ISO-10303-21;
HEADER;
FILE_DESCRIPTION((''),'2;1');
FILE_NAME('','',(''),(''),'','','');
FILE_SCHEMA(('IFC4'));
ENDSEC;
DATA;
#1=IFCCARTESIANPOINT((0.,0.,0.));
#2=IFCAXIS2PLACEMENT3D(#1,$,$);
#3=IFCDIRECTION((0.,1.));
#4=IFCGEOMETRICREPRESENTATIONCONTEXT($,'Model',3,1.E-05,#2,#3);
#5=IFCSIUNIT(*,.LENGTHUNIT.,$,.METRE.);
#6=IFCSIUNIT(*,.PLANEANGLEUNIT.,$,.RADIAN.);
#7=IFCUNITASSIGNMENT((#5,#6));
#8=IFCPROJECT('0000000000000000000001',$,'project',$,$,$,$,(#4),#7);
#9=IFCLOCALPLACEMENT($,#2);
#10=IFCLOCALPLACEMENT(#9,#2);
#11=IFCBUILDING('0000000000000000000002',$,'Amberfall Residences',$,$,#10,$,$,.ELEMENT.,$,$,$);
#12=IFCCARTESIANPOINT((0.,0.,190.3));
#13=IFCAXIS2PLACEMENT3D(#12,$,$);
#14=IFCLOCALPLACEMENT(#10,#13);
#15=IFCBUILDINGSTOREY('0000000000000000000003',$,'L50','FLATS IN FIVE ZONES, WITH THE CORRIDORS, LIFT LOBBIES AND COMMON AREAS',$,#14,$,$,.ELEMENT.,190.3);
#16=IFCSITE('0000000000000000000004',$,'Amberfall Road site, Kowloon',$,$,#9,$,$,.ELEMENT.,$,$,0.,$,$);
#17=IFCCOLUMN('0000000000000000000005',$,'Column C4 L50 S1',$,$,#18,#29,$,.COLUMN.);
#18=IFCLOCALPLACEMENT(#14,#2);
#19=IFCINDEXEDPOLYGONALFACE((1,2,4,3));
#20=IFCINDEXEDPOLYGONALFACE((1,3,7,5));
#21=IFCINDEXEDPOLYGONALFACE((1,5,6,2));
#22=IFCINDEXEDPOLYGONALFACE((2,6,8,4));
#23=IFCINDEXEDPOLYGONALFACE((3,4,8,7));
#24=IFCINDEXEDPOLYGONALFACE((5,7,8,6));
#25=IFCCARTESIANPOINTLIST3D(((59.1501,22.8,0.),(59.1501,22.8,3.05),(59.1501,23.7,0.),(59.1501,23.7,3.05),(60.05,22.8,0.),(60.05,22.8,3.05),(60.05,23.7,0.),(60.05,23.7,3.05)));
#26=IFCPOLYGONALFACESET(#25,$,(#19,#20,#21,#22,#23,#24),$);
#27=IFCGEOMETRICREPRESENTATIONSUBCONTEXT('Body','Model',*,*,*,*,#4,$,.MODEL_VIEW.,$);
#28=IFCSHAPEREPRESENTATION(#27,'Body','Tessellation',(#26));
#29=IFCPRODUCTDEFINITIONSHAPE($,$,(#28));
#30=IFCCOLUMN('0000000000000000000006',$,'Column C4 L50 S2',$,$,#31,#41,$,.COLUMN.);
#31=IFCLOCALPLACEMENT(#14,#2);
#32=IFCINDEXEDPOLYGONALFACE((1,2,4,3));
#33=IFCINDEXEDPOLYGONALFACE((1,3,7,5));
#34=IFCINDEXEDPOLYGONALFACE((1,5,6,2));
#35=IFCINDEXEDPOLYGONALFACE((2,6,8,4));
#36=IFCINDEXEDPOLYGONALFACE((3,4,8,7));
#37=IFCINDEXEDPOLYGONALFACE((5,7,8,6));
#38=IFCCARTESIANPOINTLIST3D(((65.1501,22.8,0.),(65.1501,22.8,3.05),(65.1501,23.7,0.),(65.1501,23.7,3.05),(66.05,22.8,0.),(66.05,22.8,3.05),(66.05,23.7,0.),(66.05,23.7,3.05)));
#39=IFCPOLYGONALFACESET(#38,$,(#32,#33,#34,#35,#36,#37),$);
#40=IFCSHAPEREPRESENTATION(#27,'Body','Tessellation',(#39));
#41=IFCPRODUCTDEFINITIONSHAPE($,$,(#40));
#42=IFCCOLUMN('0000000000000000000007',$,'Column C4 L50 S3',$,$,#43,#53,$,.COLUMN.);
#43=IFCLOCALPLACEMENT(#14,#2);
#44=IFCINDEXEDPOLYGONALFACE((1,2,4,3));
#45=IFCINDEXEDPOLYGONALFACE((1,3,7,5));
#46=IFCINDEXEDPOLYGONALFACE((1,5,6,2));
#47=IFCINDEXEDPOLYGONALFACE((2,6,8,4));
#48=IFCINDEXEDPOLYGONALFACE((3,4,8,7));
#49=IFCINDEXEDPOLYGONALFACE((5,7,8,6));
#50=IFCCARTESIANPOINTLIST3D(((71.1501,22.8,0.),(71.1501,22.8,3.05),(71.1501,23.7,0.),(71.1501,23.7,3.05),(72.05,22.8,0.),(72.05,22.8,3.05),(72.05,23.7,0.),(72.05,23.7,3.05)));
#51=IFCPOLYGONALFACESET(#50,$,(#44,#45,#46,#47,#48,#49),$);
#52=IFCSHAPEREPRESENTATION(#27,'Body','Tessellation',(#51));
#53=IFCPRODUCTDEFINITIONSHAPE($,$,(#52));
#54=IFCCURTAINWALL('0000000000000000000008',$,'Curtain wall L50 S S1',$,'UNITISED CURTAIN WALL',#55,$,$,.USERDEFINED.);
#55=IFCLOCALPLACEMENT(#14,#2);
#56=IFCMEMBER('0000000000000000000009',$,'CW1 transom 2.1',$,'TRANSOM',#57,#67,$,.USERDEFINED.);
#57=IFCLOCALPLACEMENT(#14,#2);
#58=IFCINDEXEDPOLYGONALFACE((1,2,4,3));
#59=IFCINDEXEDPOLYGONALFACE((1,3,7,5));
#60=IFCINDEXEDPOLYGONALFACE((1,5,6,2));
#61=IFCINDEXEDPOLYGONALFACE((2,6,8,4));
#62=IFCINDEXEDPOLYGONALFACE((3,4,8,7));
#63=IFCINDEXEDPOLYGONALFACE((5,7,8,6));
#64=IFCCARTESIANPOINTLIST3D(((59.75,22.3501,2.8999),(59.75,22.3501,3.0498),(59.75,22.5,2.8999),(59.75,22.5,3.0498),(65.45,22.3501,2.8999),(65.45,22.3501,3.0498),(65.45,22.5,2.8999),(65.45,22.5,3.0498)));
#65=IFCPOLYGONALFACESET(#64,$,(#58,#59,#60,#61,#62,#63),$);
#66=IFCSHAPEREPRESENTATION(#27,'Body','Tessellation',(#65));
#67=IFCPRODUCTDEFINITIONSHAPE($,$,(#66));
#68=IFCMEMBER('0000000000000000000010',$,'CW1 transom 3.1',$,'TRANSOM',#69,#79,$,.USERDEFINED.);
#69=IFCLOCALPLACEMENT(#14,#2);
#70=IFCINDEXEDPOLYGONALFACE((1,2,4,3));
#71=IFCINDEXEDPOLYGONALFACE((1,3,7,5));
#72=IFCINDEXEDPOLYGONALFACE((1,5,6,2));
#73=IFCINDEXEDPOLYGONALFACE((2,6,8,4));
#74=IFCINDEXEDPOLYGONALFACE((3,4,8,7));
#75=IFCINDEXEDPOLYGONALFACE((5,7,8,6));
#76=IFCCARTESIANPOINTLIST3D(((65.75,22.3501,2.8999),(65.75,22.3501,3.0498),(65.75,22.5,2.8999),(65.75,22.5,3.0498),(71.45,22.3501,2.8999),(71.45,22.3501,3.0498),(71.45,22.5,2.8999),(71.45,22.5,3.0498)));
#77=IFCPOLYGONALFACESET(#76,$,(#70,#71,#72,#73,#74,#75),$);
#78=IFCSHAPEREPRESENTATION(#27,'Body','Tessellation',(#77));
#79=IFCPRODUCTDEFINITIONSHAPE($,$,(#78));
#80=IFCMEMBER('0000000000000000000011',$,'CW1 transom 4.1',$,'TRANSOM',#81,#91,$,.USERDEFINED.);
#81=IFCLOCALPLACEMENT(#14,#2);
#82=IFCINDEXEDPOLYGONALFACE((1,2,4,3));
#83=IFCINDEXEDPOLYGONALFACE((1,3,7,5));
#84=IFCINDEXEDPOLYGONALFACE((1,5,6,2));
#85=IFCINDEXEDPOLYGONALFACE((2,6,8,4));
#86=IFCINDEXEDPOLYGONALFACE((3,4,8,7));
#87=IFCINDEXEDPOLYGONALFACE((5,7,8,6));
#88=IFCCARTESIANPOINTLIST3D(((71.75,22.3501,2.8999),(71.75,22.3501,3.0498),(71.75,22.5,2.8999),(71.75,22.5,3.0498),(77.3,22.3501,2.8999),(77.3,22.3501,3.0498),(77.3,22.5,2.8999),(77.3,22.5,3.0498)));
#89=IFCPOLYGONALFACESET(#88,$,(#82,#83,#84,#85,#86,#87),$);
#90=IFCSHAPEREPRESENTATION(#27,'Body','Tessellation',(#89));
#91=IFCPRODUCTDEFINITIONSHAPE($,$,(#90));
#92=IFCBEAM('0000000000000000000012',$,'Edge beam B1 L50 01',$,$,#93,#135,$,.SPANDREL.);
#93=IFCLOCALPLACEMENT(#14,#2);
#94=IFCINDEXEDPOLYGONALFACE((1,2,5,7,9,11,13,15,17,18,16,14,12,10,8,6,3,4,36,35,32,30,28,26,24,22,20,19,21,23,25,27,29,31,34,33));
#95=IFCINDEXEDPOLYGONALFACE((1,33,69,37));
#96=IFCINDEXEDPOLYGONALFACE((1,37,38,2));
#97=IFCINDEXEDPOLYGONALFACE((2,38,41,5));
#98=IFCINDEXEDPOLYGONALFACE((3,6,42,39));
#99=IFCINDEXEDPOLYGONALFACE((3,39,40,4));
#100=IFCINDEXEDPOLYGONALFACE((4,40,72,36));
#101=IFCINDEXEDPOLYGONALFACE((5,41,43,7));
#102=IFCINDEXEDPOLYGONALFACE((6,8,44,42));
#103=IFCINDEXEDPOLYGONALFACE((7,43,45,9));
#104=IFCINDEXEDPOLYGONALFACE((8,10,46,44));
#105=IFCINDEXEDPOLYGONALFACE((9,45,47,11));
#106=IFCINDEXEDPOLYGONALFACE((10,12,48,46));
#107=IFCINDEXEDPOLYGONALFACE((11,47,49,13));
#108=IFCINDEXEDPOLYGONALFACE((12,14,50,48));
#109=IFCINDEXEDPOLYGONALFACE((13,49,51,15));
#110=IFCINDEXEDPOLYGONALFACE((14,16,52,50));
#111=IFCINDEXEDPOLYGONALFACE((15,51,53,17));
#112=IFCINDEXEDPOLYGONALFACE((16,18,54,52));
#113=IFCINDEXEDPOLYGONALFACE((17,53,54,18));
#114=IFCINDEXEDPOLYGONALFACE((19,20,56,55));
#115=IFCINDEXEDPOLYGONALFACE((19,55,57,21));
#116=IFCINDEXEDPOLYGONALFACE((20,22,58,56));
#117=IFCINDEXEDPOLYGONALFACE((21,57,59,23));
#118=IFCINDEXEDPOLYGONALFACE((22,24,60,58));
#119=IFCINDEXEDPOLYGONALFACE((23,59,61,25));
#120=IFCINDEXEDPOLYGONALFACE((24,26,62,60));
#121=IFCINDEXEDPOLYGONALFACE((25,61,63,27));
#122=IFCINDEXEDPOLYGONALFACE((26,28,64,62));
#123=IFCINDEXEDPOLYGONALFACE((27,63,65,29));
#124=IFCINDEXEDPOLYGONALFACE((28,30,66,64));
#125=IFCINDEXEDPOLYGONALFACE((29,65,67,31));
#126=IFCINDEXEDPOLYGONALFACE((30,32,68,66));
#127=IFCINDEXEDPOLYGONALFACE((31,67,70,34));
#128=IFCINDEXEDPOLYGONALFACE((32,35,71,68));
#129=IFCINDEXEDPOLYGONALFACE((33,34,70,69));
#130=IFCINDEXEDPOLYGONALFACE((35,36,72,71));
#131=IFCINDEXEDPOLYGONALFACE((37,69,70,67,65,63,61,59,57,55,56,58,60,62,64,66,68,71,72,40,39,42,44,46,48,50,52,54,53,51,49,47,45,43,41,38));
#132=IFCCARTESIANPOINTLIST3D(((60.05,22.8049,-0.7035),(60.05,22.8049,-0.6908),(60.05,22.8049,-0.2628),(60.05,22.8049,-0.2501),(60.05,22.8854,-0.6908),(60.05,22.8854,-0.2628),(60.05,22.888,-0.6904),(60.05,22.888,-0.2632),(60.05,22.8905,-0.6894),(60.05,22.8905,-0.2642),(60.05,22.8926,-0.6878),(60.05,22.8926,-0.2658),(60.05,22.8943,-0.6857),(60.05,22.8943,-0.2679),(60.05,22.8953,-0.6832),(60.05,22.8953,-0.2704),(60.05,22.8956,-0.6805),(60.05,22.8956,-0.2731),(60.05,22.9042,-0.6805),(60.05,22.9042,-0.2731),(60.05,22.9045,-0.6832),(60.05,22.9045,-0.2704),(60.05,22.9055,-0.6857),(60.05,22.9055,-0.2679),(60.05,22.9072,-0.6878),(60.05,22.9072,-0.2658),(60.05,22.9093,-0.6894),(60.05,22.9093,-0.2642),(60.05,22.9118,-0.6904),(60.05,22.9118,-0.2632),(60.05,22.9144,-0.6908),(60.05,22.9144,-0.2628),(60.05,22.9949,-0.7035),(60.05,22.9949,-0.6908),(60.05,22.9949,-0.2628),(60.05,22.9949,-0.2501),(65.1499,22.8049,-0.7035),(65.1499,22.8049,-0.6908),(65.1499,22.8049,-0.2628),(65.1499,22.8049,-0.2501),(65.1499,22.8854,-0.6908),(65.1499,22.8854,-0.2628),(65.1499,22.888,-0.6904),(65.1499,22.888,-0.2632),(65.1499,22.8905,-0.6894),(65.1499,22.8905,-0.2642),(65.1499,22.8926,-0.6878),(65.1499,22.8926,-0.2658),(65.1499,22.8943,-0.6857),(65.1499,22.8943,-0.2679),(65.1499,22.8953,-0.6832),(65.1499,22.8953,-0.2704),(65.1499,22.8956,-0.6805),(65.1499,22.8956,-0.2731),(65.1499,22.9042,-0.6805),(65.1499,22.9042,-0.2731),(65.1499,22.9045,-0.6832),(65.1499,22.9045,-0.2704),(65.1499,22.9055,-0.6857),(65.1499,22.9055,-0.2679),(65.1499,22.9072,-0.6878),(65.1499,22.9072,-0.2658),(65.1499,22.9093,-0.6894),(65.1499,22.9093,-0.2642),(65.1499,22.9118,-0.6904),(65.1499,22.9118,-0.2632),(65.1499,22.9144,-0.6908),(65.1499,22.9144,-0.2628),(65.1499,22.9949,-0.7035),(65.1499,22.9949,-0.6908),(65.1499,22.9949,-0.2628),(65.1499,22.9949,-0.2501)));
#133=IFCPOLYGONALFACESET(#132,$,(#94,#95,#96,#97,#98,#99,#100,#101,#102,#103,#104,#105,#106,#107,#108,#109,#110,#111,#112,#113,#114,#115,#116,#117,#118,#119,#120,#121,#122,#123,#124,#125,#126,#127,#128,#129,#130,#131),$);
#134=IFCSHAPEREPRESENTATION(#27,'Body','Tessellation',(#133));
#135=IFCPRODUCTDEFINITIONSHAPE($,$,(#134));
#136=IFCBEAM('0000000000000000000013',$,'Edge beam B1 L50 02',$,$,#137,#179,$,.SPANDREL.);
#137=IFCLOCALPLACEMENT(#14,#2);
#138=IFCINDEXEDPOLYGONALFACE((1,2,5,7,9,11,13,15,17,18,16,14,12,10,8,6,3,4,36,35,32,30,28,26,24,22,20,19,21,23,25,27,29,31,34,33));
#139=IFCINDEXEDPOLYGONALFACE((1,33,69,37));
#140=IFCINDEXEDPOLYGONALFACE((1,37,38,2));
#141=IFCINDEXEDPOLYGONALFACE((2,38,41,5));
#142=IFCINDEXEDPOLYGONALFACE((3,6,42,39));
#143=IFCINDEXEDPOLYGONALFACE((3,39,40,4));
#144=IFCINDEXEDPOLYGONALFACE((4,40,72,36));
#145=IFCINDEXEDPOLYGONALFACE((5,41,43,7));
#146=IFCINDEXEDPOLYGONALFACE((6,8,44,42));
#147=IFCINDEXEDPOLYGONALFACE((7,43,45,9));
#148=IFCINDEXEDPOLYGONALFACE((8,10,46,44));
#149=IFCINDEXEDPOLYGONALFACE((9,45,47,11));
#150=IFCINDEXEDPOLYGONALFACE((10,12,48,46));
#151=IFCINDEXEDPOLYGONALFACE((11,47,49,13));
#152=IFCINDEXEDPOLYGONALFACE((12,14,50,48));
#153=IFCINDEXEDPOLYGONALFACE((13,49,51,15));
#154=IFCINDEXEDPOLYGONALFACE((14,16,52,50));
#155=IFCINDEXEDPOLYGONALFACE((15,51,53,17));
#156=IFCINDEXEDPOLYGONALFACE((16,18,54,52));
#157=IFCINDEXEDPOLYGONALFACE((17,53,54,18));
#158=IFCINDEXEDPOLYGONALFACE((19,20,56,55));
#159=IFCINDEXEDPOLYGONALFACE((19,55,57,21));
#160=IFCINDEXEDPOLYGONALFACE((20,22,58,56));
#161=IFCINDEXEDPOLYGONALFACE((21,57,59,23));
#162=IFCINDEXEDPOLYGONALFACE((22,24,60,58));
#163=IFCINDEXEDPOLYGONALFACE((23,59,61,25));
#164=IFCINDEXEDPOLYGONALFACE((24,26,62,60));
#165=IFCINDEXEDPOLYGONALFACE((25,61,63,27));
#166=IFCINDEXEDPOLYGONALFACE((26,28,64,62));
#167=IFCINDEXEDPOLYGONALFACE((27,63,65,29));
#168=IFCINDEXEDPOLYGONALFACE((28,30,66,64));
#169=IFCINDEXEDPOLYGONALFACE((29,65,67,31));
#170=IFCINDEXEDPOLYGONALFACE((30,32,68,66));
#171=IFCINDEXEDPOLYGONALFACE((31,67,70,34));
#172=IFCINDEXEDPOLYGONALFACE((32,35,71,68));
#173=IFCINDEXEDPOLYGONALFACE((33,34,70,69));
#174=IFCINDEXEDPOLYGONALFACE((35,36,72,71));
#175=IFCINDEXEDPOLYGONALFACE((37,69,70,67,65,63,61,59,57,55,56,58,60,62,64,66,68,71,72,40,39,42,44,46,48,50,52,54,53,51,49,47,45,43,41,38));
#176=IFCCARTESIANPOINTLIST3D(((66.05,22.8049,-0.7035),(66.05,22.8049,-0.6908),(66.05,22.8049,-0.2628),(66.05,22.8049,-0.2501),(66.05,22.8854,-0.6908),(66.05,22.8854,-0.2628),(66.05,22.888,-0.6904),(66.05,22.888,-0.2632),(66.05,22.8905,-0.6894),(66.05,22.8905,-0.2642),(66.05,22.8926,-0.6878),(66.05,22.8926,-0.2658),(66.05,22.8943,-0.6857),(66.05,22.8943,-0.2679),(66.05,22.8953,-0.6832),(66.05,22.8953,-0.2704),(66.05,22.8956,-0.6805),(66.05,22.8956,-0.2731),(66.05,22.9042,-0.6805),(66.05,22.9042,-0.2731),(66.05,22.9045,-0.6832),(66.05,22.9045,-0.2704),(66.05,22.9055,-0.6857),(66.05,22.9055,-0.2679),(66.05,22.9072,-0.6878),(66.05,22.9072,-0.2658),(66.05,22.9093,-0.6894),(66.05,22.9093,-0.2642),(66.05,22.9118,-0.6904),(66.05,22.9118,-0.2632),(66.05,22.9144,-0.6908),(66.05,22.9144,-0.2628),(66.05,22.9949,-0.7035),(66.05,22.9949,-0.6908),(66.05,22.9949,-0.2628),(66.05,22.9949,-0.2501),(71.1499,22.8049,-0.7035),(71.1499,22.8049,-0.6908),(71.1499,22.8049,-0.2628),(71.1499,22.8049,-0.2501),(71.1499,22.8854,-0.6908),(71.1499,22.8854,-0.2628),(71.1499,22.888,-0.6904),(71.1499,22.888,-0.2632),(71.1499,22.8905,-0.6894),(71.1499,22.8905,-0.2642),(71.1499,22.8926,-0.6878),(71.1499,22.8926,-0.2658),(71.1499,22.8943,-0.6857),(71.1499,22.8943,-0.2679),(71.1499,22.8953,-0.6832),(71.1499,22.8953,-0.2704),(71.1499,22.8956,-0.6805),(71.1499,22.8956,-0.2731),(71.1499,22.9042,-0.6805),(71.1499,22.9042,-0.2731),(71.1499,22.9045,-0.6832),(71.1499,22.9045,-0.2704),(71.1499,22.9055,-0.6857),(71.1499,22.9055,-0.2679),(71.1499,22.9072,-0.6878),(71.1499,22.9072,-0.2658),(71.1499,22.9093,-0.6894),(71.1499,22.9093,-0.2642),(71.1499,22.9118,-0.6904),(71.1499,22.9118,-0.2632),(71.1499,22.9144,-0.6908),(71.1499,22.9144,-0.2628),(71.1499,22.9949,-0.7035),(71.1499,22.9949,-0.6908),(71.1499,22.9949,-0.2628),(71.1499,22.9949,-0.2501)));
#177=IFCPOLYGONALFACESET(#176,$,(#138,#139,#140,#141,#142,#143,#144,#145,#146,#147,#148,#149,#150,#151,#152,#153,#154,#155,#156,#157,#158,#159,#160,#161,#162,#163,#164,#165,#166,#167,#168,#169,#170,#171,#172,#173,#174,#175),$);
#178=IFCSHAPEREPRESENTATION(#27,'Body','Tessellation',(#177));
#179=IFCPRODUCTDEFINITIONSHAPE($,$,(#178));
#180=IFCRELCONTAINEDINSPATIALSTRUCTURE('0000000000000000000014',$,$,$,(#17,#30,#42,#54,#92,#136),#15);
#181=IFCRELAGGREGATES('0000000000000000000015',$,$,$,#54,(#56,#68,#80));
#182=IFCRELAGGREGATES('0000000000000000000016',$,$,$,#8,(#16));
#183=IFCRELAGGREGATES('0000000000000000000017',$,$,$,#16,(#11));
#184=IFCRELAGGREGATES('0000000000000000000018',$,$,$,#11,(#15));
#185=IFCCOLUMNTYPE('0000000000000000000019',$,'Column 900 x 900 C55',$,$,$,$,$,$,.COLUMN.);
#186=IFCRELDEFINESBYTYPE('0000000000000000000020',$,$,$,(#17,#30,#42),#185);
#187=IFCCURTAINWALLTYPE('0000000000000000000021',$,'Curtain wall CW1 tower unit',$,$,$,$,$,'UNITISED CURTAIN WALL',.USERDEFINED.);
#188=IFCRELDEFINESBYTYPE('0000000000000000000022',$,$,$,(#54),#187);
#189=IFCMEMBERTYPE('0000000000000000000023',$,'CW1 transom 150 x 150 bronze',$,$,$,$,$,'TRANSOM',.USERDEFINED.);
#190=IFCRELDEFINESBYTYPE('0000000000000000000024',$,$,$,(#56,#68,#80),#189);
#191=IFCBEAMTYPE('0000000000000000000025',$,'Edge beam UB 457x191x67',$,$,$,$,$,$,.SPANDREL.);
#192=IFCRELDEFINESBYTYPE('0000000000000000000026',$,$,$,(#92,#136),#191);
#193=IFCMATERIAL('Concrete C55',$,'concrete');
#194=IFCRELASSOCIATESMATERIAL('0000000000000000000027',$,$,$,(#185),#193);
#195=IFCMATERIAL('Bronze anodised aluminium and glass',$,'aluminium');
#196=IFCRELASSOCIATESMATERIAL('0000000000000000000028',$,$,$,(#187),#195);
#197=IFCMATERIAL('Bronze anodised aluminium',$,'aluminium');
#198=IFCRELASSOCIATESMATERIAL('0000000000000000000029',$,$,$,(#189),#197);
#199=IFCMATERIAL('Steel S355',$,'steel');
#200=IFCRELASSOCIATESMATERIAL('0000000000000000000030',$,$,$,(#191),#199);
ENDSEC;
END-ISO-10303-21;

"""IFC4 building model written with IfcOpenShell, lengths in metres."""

from ifc_helpers import new_model, si_unit, direction, frame, origin, origin_2d, place, context, subcontext, project, spatial, rectangle, i_section, extrude, material, material_profile, profile_set, type_object, element, aggregate, save


model = new_model("IFC4")

# Units and contexts
model_context = context("Model", 3, precision=1e-05, world=origin(), true_north=direction((0.0, 1.0)))
body_context = subcontext(model_context, "Body", "Model", "MODEL_VIEW")
ifc_project = project(units=[si_unit("LENGTHUNIT", "METRE"), si_unit("PLANEANGLEUNIT", "RADIAN")], contexts=[model_context])

# Site, building, storey
site_placement = place(None, origin())
site = spatial("IfcSite", under=ifc_project, at=site_placement, Name="Amberfall Road site, Kowloon", CompositionType="ELEMENT", RefElevation=0.0)
building_placement = place(site_placement, origin())
building = spatial("IfcBuilding", under=site, at=building_placement, Name="Amberfall Residences", CompositionType="ELEMENT")
storey_placement = place(building_placement, frame((0.0, 0.0, 190.3)))
storey = spatial("IfcBuildingStorey", under=building, at=storey_placement, Name="L50", Description="FLATS IN FIVE ZONES, WITH THE CORRIDORS, LIFT LOBBIES AND COMMON AREAS", CompositionType="ELEMENT", Elevation=190.3)

# Columns
ifc_material_1 = material(Name="Concrete C55", Category="concrete")
ifc_material_profile_1 = material_profile(ifc_material_1, rectangle(XDim=0.8999, YDim=0.8999, at=origin_2d()), Name="Column 900 x 900 C55")
ifc_profile_set_1 = profile_set([ifc_material_profile_1], Name="Concrete C55")
column_type = type_object("IfcColumnType", Name="Column 900 x 900 C55", PredefinedType="COLUMN", material=ifc_profile_set_1)
for number, where, z_axis, x_axis, name in (
    (1, (59.6001, 23.25, 0.0), (0.0, 0.0, 1.0), (1.0, 0.0, 0.0), "Column C4 L50 S1"),
    (2, (65.6001, 23.25, 0.0), (0.0, 0.0, 1.0), (1.0, 0.0, 0.0), "Column C4 L50 S2"),
    (3, (71.6001, 23.25, 0.0), (0.0, 0.0, 1.0), (1.0, 0.0, 0.0), "Column C4 L50 S3"),
):
    element("IfcColumn", number, at=place(storey_placement, frame(where, z_axis=z_axis, x_axis=x_axis)), inside=storey, type_object=column_type, Name=name, PredefinedType="COLUMN", context=body_context, shape_type="SweptSolid", body=[
        extrude(rectangle(XDim=0.8999, YDim=0.8999, at=origin_2d()), origin(), (0.0, 0.0, 1.0), 3.05),
    ])

# Curtain wall, members
ifc_material_2 = material(Name="Bronze anodised aluminium and glass", Category="aluminium")
curtain_wall_type = type_object("IfcCurtainWallType", Name="Curtain wall CW1 tower unit", ElementType="UNITISED CURTAIN WALL", PredefinedType="USERDEFINED", material=ifc_material_2)
curtain_wall_placement = place(storey_placement, origin())
curtain_wall = element("IfcCurtainWall", 4, at=curtain_wall_placement, inside=storey, type_object=curtain_wall_type, Name="Curtain wall L50 S S1", ObjectType="UNITISED CURTAIN WALL", PredefinedType="USERDEFINED")
ifc_material_3 = material(Name="Bronze anodised aluminium", Category="aluminium")
ifc_material_profile_2 = material_profile(ifc_material_3, rectangle(XDim=0.1499, YDim=0.1499, at=origin_2d()), Name="CW1 transom 150 x 150 bronze")
ifc_profile_set_2 = profile_set([ifc_material_profile_2], Name="Bronze anodised aluminium")
member_type_1 = type_object("IfcMemberType", Name="CW1 transom 150 x 150 bronze", ElementType="TRANSOM", PredefinedType="USERDEFINED", material=ifc_profile_set_2)
member_1_placement = place(storey_placement, frame((59.75, 22.425, 2.9749), z_axis=(1.0, 0.0, 0.0), x_axis=(0.0, 1.0, 0.0)))
member_1 = element("IfcMember", 5, at=member_1_placement, type_object=member_type_1, Name="CW1 transom 2.1", ObjectType="TRANSOM", PredefinedType="USERDEFINED", context=body_context, shape_type="SweptSolid", body=[
    extrude(rectangle(XDim=0.1499, YDim=0.1499, at=origin_2d()), origin(), (0.0, 0.0, 1.0), 5.7),
])
member_2_placement = place(storey_placement, frame((65.75, 22.425, 2.9749), z_axis=(1.0, 0.0, 0.0), x_axis=(0.0, 1.0, 0.0)))
member_2 = element("IfcMember", 6, at=member_2_placement, type_object=member_type_1, Name="CW1 transom 3.1", ObjectType="TRANSOM", PredefinedType="USERDEFINED", context=body_context, shape_type="SweptSolid", body=[
    extrude(rectangle(XDim=0.1499, YDim=0.1499, at=origin_2d()), origin(), (0.0, 0.0, 1.0), 5.7),
])
member_3_placement = place(storey_placement, frame((71.75, 22.425, 2.9749), z_axis=(1.0, 0.0, 0.0), x_axis=(0.0, 1.0, 0.0)))
member_3 = element("IfcMember", 7, at=member_3_placement, type_object=member_type_1, Name="CW1 transom 4.1", ObjectType="TRANSOM", PredefinedType="USERDEFINED", context=body_context, shape_type="SweptSolid", body=[
    extrude(rectangle(XDim=0.1499, YDim=0.1499, at=origin_2d()), origin(), (0.0, 0.0, 1.0), 5.55),
])

# Beams
ifc_material_4 = material(Name="Steel S355", Category="steel")
ifc_material_profile_3 = material_profile(ifc_material_4, i_section(OverallWidth=0.1899, OverallDepth=0.4534, WebThickness=0.0085, FlangeThickness=0.0127, FilletRadius=0.0103, at=origin_2d()), Name="UB 457x191x67")
ifc_profile_set_3 = profile_set([ifc_material_profile_3], Name="Steel S355")
beam_type_1 = type_object("IfcBeamType", Name="Edge beam UB 457x191x67", PredefinedType="SPANDREL", material=ifc_profile_set_3)
for number, where, z_axis, x_axis, name in (
    (8, (60.05, 22.8999, -0.4768), (1.0, 0.0, 0.0), (0.0, 1.0, 0.0), "Edge beam B1 L50 01"),
    (9, (66.05, 22.8999, -0.4768), (1.0, 0.0, 0.0), (0.0, 1.0, 0.0), "Edge beam B1 L50 02"),
):
    element("IfcBeam", number, at=place(storey_placement, frame(where, z_axis=z_axis, x_axis=x_axis)), inside=storey, type_object=beam_type_1, Name=name, PredefinedType="SPANDREL", context=body_context, shape_type="SweptSolid", body=[
        extrude(i_section(OverallWidth=0.1899, OverallDepth=0.4534, WebThickness=0.0085, FlangeThickness=0.0127, FilletRadius=0.0103, at=origin_2d()), origin(), (0.0, 0.0, 1.0), 5.0999),
    ])

aggregate(curtain_wall, [member_1, member_2, member_3])

save(model, "model.ifc")
